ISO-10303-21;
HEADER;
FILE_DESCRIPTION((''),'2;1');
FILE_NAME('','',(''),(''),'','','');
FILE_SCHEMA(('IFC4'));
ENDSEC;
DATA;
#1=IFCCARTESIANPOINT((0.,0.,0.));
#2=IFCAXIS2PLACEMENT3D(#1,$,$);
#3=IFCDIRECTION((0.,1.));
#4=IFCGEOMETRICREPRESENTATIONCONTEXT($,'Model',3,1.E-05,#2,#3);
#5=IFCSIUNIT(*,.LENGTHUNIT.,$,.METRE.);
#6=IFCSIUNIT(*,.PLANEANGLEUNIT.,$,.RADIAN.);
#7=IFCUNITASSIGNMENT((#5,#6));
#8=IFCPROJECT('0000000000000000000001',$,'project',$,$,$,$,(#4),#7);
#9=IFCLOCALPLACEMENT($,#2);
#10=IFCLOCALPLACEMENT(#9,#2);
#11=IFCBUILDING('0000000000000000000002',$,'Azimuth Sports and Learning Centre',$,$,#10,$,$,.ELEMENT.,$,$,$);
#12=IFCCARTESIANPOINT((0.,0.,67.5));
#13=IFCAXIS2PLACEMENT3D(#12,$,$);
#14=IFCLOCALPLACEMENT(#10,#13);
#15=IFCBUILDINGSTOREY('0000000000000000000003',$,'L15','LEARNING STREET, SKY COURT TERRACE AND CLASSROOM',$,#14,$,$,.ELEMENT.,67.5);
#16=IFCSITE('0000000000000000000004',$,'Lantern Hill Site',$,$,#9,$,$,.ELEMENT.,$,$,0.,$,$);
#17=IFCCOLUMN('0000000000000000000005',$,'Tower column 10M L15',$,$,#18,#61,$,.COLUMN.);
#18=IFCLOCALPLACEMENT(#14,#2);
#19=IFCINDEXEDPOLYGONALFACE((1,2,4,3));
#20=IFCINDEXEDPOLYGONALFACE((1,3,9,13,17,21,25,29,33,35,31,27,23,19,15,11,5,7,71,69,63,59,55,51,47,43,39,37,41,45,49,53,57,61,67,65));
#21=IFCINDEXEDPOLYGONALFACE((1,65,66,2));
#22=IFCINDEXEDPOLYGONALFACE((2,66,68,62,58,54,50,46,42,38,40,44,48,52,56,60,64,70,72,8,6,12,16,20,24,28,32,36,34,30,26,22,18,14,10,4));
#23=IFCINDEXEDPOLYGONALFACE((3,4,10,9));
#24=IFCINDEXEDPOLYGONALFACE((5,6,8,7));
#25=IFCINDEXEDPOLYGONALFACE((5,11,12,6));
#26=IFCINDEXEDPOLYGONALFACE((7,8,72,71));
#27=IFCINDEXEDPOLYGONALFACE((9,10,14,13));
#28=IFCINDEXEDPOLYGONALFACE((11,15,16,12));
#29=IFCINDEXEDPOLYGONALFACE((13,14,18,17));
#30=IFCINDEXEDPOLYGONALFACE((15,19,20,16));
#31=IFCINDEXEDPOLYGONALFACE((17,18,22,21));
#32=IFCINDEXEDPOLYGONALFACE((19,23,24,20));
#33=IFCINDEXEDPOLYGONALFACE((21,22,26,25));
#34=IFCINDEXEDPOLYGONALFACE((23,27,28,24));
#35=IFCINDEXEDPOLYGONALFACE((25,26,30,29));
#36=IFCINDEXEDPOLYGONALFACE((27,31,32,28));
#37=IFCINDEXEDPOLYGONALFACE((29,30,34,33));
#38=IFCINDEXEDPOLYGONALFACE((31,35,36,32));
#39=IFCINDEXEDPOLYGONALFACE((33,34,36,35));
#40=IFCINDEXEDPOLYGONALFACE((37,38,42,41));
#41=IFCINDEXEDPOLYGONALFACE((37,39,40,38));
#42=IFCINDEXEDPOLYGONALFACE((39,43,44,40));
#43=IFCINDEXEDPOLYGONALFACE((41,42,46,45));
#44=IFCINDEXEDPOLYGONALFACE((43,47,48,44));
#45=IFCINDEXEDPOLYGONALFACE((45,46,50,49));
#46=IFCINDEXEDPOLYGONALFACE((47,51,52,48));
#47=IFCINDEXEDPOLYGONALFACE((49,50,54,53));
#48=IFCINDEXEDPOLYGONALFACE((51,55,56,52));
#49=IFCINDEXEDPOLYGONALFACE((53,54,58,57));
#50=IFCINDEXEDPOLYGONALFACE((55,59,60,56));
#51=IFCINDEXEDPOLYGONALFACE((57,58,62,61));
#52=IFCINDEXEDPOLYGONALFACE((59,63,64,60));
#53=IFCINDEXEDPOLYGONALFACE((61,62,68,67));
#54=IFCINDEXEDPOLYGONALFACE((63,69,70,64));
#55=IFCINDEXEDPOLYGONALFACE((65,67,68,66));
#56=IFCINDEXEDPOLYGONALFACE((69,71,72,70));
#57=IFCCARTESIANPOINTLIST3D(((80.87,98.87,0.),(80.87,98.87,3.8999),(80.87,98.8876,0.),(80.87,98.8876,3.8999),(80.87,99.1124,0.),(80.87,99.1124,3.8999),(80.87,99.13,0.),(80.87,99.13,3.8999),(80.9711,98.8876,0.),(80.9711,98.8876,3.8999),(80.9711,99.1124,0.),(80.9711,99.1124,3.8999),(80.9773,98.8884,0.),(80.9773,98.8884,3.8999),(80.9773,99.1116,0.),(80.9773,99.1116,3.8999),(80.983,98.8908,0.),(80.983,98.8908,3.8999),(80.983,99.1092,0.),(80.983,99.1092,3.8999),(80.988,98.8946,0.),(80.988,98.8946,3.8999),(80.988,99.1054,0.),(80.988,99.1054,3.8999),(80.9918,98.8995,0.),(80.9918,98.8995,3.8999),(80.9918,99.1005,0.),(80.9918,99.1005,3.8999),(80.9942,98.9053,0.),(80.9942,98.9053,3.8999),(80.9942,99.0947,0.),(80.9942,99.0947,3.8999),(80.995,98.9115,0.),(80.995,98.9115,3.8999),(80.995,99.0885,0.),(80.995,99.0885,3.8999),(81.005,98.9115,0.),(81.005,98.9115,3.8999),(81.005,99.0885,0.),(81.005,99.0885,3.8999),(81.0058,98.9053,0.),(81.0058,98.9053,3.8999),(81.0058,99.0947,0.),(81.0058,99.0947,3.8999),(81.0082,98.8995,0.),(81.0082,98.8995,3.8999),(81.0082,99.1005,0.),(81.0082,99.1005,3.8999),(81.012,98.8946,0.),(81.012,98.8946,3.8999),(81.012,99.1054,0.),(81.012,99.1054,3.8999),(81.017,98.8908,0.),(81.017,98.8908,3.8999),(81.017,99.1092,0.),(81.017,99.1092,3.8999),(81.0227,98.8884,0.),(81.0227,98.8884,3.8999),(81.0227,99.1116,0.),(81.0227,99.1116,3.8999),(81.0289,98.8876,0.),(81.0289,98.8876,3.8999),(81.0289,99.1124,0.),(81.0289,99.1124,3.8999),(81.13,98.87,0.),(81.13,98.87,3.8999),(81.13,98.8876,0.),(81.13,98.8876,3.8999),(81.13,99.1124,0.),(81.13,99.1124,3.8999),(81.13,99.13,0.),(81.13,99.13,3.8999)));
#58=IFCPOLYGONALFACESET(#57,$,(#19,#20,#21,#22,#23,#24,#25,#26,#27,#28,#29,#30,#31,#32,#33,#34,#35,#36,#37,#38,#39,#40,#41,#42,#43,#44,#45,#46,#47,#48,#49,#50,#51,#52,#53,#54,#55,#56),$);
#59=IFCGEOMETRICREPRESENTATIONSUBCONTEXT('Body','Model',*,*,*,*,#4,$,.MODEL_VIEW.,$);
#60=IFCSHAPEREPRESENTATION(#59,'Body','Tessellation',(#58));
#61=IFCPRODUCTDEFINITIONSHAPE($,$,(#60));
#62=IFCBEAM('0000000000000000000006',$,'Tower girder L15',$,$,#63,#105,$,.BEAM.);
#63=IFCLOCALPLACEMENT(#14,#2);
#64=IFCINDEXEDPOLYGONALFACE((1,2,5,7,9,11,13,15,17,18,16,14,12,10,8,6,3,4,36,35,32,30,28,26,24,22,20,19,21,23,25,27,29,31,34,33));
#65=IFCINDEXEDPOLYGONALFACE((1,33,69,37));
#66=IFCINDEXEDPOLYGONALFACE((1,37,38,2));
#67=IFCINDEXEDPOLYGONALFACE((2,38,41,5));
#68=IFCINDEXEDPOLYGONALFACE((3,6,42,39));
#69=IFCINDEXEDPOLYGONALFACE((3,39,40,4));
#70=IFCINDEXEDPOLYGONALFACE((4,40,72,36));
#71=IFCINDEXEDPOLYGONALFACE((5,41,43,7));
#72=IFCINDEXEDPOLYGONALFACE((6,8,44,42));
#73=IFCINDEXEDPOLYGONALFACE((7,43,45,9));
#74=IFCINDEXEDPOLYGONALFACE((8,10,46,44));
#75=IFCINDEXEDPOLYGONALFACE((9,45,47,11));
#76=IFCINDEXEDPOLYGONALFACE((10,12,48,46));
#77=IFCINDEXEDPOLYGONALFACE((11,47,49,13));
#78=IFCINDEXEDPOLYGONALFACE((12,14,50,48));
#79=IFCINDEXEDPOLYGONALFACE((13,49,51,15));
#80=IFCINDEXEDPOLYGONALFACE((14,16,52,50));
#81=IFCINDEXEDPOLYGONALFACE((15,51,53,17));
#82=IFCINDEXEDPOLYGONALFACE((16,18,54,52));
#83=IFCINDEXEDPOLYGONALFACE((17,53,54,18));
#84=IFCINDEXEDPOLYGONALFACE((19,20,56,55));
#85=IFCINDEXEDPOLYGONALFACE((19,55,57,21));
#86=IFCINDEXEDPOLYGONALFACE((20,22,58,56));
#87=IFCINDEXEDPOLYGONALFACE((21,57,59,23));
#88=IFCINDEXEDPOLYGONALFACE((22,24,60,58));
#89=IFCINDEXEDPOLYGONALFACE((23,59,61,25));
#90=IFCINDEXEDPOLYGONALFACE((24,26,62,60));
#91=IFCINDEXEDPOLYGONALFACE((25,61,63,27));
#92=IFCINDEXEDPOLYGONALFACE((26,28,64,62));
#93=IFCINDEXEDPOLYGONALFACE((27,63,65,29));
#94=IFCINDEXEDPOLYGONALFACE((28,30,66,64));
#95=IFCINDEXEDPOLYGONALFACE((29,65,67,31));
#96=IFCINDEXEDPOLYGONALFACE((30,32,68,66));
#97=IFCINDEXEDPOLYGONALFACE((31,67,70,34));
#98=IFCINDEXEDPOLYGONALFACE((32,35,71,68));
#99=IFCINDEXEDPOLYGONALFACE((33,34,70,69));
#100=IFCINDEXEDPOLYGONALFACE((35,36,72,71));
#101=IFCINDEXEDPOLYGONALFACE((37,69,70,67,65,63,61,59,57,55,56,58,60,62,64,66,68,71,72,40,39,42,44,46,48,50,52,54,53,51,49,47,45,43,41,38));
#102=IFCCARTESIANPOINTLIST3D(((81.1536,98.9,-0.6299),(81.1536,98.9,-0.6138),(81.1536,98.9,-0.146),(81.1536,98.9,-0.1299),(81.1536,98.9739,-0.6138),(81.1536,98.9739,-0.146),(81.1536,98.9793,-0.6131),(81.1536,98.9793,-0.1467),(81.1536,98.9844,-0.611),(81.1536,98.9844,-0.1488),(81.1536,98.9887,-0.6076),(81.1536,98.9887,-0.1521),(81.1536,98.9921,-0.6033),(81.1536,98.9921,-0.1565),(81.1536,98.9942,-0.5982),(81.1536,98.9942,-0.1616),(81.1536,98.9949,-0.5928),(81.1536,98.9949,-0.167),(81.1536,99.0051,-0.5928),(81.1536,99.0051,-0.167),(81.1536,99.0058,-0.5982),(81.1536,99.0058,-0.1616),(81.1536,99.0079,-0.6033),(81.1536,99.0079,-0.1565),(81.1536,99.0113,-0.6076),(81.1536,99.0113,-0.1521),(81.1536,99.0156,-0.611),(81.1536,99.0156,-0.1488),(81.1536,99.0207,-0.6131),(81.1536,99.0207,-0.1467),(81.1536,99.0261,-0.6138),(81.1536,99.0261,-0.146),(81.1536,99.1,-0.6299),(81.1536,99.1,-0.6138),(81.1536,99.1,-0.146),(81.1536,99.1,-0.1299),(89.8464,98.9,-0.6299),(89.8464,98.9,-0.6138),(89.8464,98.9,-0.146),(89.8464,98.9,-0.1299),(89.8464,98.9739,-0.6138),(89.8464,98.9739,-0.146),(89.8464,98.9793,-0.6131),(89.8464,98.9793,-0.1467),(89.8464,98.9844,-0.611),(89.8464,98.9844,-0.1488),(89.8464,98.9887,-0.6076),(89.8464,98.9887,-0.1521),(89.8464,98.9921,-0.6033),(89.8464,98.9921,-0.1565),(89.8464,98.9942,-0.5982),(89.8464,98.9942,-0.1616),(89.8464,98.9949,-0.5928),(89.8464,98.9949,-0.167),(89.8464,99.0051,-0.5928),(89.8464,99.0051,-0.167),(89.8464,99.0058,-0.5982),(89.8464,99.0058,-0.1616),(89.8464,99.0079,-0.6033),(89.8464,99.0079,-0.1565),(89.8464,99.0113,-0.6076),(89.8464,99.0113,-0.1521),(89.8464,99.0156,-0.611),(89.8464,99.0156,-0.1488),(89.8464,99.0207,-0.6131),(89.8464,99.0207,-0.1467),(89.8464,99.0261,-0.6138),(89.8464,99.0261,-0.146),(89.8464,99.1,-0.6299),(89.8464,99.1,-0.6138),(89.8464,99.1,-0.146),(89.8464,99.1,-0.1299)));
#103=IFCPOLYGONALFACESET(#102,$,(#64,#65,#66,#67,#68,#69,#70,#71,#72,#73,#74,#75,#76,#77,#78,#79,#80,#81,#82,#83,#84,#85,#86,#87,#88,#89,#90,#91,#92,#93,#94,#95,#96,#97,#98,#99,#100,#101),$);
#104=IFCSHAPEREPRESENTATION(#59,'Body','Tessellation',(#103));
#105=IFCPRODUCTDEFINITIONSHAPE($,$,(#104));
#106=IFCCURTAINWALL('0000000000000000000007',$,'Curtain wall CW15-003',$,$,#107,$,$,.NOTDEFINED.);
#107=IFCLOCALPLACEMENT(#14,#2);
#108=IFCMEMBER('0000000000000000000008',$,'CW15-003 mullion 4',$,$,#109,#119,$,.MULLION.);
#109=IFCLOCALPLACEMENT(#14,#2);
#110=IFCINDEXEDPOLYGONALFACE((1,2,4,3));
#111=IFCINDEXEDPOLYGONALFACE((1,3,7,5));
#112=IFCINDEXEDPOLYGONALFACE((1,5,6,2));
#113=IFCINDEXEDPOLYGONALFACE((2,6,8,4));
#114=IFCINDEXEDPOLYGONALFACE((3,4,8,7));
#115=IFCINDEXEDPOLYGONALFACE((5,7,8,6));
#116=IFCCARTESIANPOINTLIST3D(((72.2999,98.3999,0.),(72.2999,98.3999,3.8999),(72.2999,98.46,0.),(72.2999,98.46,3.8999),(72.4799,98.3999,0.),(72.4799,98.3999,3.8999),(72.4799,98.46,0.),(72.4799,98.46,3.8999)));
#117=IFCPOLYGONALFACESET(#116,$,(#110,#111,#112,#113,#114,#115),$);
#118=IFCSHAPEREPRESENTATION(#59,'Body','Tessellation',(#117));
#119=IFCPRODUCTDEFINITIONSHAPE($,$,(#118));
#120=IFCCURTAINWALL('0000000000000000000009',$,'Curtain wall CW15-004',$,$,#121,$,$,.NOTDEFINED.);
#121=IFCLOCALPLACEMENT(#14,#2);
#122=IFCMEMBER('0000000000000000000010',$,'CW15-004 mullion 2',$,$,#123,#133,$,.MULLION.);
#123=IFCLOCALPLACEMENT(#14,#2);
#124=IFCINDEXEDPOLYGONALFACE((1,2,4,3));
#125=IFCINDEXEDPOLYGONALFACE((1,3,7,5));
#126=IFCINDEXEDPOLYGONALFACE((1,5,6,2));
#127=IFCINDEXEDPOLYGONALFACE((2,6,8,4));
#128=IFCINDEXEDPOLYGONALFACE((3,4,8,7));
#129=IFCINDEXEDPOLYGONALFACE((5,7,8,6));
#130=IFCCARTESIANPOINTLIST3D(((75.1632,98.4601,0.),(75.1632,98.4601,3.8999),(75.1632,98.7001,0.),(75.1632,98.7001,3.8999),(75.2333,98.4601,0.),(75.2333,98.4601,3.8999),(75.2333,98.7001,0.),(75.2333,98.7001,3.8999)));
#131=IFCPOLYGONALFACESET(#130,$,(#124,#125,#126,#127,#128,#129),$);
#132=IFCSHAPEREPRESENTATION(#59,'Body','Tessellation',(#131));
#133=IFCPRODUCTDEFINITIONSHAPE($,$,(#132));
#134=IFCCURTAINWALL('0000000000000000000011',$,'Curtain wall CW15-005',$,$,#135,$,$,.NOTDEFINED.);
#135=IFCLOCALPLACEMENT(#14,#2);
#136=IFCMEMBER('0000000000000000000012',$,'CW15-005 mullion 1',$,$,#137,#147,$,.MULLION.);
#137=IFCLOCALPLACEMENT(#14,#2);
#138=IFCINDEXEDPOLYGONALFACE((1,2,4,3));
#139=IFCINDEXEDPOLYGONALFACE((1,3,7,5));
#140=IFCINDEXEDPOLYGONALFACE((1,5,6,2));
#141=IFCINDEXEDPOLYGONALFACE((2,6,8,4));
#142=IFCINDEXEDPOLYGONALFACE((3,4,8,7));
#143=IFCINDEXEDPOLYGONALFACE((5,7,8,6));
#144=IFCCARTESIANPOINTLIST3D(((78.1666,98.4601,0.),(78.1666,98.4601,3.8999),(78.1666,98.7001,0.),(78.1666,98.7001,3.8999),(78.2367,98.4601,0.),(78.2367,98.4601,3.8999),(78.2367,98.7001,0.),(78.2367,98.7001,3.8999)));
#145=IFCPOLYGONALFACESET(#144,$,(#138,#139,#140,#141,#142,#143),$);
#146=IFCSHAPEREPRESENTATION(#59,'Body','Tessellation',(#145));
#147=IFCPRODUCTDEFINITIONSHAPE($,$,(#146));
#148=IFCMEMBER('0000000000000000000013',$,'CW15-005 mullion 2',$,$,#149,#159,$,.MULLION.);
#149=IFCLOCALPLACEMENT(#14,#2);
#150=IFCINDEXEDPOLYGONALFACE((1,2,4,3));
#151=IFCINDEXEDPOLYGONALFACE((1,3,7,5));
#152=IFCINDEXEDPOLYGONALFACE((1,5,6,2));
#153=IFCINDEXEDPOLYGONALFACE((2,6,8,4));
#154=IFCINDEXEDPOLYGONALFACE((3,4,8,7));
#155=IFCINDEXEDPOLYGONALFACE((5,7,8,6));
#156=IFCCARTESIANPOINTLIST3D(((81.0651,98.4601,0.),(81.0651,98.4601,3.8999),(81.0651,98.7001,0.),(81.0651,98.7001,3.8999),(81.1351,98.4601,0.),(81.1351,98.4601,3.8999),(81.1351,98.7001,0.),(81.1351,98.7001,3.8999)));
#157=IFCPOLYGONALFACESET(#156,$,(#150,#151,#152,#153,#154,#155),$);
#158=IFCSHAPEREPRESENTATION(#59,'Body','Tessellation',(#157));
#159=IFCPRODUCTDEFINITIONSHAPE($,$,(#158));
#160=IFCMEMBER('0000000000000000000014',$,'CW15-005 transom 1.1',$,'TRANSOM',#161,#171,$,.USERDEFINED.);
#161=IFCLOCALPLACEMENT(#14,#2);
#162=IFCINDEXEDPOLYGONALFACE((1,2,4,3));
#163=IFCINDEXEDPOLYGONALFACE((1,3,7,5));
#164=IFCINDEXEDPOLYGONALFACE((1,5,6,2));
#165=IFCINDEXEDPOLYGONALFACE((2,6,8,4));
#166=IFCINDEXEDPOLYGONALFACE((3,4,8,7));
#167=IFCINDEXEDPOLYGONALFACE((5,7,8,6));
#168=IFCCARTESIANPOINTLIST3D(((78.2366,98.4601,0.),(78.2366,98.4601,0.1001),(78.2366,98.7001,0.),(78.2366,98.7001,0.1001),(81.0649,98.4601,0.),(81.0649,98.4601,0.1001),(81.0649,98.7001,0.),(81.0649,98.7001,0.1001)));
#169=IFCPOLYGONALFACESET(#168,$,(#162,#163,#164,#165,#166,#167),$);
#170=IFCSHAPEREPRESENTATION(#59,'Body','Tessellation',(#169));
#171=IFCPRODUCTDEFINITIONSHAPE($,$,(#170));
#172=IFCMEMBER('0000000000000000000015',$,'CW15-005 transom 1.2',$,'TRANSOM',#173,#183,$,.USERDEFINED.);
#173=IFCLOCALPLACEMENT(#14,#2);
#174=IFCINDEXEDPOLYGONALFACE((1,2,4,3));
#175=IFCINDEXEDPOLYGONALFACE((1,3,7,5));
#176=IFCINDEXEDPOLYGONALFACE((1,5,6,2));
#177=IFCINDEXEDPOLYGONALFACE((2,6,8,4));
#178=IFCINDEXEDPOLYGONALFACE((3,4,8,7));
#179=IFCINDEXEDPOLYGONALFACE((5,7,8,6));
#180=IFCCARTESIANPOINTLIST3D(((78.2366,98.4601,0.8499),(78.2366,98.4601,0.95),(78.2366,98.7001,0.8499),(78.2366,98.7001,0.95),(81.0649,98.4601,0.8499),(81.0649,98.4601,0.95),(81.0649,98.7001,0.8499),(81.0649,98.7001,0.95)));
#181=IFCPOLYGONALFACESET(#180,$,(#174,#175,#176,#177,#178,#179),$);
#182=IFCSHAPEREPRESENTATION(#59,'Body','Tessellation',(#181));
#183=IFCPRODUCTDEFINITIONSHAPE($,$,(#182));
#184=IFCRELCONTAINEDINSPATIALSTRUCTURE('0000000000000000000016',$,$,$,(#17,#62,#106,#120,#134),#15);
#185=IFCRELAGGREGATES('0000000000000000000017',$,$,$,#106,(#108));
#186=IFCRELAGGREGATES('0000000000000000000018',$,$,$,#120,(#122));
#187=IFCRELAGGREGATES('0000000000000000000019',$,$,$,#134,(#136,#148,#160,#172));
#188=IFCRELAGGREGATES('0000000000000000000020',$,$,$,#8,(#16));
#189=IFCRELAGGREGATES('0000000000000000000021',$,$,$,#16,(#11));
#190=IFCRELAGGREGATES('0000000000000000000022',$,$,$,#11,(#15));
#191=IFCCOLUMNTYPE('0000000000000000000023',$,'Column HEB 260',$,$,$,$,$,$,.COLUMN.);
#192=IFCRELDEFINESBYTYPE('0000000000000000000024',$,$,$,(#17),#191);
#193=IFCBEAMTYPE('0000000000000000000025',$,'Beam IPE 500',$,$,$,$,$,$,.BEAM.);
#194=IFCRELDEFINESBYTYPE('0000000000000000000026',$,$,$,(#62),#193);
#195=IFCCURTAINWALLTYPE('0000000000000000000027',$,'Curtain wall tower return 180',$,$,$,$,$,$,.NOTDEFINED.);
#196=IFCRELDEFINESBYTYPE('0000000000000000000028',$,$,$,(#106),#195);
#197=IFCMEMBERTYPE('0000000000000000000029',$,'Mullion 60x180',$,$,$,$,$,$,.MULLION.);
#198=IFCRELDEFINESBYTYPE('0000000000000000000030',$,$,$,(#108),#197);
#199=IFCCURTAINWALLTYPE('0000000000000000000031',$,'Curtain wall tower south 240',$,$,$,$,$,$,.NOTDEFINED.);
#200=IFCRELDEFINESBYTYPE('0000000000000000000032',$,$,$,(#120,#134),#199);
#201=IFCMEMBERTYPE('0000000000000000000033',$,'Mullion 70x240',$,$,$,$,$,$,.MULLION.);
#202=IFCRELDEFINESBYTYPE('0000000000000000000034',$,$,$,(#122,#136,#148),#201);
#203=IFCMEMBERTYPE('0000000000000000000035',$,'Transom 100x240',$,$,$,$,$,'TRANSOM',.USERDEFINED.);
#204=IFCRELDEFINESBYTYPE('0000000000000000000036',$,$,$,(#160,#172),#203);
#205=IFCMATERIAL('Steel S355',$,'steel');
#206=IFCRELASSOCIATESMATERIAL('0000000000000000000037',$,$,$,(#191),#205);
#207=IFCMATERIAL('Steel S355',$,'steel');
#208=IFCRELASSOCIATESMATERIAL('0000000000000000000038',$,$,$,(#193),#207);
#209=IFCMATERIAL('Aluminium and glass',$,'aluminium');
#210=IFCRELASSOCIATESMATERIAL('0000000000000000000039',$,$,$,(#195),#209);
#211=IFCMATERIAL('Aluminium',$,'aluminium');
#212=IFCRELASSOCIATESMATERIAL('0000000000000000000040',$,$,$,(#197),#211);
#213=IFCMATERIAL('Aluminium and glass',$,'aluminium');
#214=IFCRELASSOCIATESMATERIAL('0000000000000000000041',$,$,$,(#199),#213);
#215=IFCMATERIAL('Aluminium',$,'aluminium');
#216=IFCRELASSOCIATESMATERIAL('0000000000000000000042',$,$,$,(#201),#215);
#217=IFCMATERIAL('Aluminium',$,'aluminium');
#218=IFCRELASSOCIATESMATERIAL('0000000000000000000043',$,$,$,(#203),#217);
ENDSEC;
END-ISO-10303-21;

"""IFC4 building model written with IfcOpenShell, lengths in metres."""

from ifc_helpers import new_model, si_unit, direction, frame, origin, origin_2d, place, context, subcontext, project, spatial, rectangle, i_section, extrude, material, material_profile, profile_set, type_object, element, aggregate, save


model = new_model("IFC4")

# Units and contexts
model_context = context("Model", 3, precision=1e-05, world=origin(), true_north=direction((0.0, 1.0)))
body_context = subcontext(model_context, "Body", "Model", "MODEL_VIEW")
ifc_project = project(units=[si_unit("LENGTHUNIT", "METRE"), si_unit("PLANEANGLEUNIT", "RADIAN")], contexts=[model_context])

# Site, building, storey
site_placement = place(None, origin())
site = spatial("IfcSite", under=ifc_project, at=site_placement, Name="Lantern Hill Site", CompositionType="ELEMENT", RefElevation=0.0)
building_placement = place(site_placement, origin())
building = spatial("IfcBuilding", under=site, at=building_placement, Name="Azimuth Sports and Learning Centre", CompositionType="ELEMENT")
storey_placement = place(building_placement, frame((0.0, 0.0, 67.5)))
storey = spatial("IfcBuildingStorey", under=building, at=storey_placement, Name="L15", Description="LEARNING STREET, SKY COURT TERRACE AND CLASSROOM", CompositionType="ELEMENT", Elevation=67.5)

# Column
ifc_material_1 = material(Name="Steel S355", Category="steel")
ifc_material_profile_1 = material_profile(ifc_material_1, i_section(OverallWidth=0.26, OverallDepth=0.26, WebThickness=0.01, FlangeThickness=0.0176, FilletRadius=0.0239, at=origin_2d()), Name="HEB 260")
ifc_profile_set_1 = profile_set([ifc_material_profile_1], Name="Steel S355")
column_type = type_object("IfcColumnType", Name="Column HEB 260", PredefinedType="COLUMN", material=ifc_profile_set_1)
column_placement = place(storey_placement, frame((81.0, 99.0, 0.0), z_axis=(0.0, 0.0, 1.0), x_axis=(1.0, 0.0, 0.0)))
element("IfcColumn", 1, at=column_placement, inside=storey, type_object=column_type, Name="Tower column 10M L15", PredefinedType="COLUMN", context=body_context, shape_type="SweptSolid", body=[
    extrude(i_section(OverallWidth=0.26, OverallDepth=0.26, WebThickness=0.01, FlangeThickness=0.0176, FilletRadius=0.0239, at=origin_2d()), origin(), (0.0, 0.0, 1.0), 3.8999),
])

# Beam
ifc_material_2 = material(Name="Steel S355", Category="steel")
ifc_material_profile_2 = material_profile(ifc_material_2, i_section(OverallWidth=0.2, OverallDepth=0.5, WebThickness=0.0103, FlangeThickness=0.0161, FilletRadius=0.021, at=origin_2d()), Name="IPE 500")
ifc_profile_set_2 = profile_set([ifc_material_profile_2], Name="Steel S355")
beam_type = type_object("IfcBeamType", Name="Beam IPE 500", PredefinedType="BEAM", material=ifc_profile_set_2)
beam_placement = place(storey_placement, frame((81.1536, 99.0, -0.3799), z_axis=(1.0, 0.0, 0.0), x_axis=(0.0, 1.0, 0.0)))
element("IfcBeam", 2, at=beam_placement, inside=storey, type_object=beam_type, Name="Tower girder L15", PredefinedType="BEAM", context=body_context, shape_type="SweptSolid", body=[
    extrude(i_section(OverallWidth=0.2, OverallDepth=0.5, WebThickness=0.0103, FlangeThickness=0.0161, FilletRadius=0.021, at=origin_2d()), origin(), (0.0, 0.0, 1.0), 8.6929),
])

# Curtain walls, members
ifc_material_3 = material(Name="Aluminium and glass", Category="aluminium")
curtain_wall_type_1 = type_object("IfcCurtainWallType", Name="Curtain wall tower return 180", PredefinedType="NOTDEFINED", material=ifc_material_3)
curtain_wall_1_placement = place(storey_placement, origin())
curtain_wall_1 = element("IfcCurtainWall", 3, at=curtain_wall_1_placement, inside=storey, type_object=curtain_wall_type_1, Name="Curtain wall CW15-003", PredefinedType="NOTDEFINED")
ifc_material_4 = material(Name="Aluminium", Category="aluminium")
ifc_material_profile_3 = material_profile(ifc_material_4, rectangle(XDim=0.1799, YDim=0.0601, at=origin_2d()), Name="Mullion 60x180")
ifc_profile_set_3 = profile_set([ifc_material_profile_3], Name="Aluminium")
member_type_1 = type_object("IfcMemberType", Name="Mullion 60x180", PredefinedType="MULLION", material=ifc_profile_set_3)
member_1_placement = place(storey_placement, frame((72.3899, 98.4299, 0.0), z_axis=(0.0, 0.0, 1.0), x_axis=(-1.0, 0.0, 0.0)))
member_1 = element("IfcMember", 4, at=member_1_placement, type_object=member_type_1, Name="CW15-003 mullion 4", PredefinedType="MULLION", context=body_context, shape_type="SweptSolid", body=[
    extrude(rectangle(XDim=0.1799, YDim=0.0601, at=origin_2d()), origin(), (0.0, 0.0, 1.0), 3.8999),
])
ifc_material_5 = material(Name="Aluminium and glass", Category="aluminium")
curtain_wall_type_2 = type_object("IfcCurtainWallType", Name="Curtain wall tower south 240", PredefinedType="NOTDEFINED", material=ifc_material_5)
curtain_wall_2_placement = place(storey_placement, origin())
curtain_wall_2 = element("IfcCurtainWall", 5, at=curtain_wall_2_placement, inside=storey, type_object=curtain_wall_type_2, Name="Curtain wall CW15-004", PredefinedType="NOTDEFINED")
ifc_material_6 = material(Name="Aluminium", Category="aluminium")
ifc_material_profile_4 = material_profile(ifc_material_6, rectangle(XDim=0.24, YDim=0.0701, at=origin_2d()), Name="Mullion 70x240")
ifc_profile_set_4 = profile_set([ifc_material_profile_4], Name="Aluminium")
member_type_2 = type_object("IfcMemberType", Name="Mullion 70x240", PredefinedType="MULLION", material=ifc_profile_set_4)
member_2_placement = place(storey_placement, frame((75.1982, 98.5801, 0.0), z_axis=(0.0, 0.0, 1.0), x_axis=(0.0, 1.0, 0.0)))
member_2 = element("IfcMember", 6, at=member_2_placement, type_object=member_type_2, Name="CW15-004 mullion 2", PredefinedType="MULLION", context=body_context, shape_type="SweptSolid", body=[
    extrude(rectangle(XDim=0.24, YDim=0.0701, at=origin_2d()), origin(), (0.0, 0.0, 1.0), 3.8999),
])

# Curtain wall, members
curtain_wall_3_placement = place(storey_placement, origin())
curtain_wall_3 = element("IfcCurtainWall", 7, at=curtain_wall_3_placement, inside=storey, type_object=curtain_wall_type_2, Name="Curtain wall CW15-005", PredefinedType="NOTDEFINED")
member_3_placement = place(storey_placement, frame((78.2017, 98.5801, 0.0), z_axis=(0.0, 0.0, 1.0), x_axis=(0.0, 1.0, 0.0)))
member_3 = element("IfcMember", 8, at=member_3_placement, type_object=member_type_2, Name="CW15-005 mullion 1", PredefinedType="MULLION", context=body_context, shape_type="SweptSolid", body=[
    extrude(rectangle(XDim=0.24, YDim=0.0701, at=origin_2d()), origin(), (0.0, 0.0, 1.0), 3.8999),
])
member_4_placement = place(storey_placement, frame((81.1001, 98.5801, 0.0), z_axis=(0.0, 0.0, 1.0), x_axis=(0.0, 1.0, 0.0)))
member_4 = element("IfcMember", 9, at=member_4_placement, type_object=member_type_2, Name="CW15-005 mullion 2", PredefinedType="MULLION", context=body_context, shape_type="SweptSolid", body=[
    extrude(rectangle(XDim=0.24, YDim=0.0701, at=origin_2d()), origin(), (0.0, 0.0, 1.0), 3.8999),
])
ifc_material_7 = material(Name="Aluminium", Category="aluminium")
ifc_material_profile_5 = material_profile(ifc_material_7, rectangle(XDim=0.24, YDim=0.1001, at=origin_2d()), Name="Transom 100x240")
ifc_profile_set_5 = profile_set([ifc_material_profile_5], Name="Aluminium")
member_type_3 = type_object("IfcMemberType", Name="Transom 100x240", ElementType="TRANSOM", PredefinedType="USERDEFINED", material=ifc_profile_set_5)
member_5_placement = place(storey_placement, frame((78.2366, 98.5801, 0.05), z_axis=(1.0, 0.0, 0.0), x_axis=(0.0, 1.0, 0.0)))
member_5 = element("IfcMember", 10, at=member_5_placement, type_object=member_type_3, Name="CW15-005 transom 1.1", ObjectType="TRANSOM", PredefinedType="USERDEFINED", context=body_context, shape_type="SweptSolid", body=[
    extrude(rectangle(XDim=0.24, YDim=0.1001, at=origin_2d()), origin(), (0.0, 0.0, 1.0), 2.8284),
])
member_6_placement = place(storey_placement, frame((78.2366, 98.5801, 0.8999), z_axis=(1.0, 0.0, 0.0), x_axis=(0.0, 1.0, 0.0)))
member_6 = element("IfcMember", 11, at=member_6_placement, type_object=member_type_3, Name="CW15-005 transom 1.2", ObjectType="TRANSOM", PredefinedType="USERDEFINED", context=body_context, shape_type="SweptSolid", body=[
    extrude(rectangle(XDim=0.24, YDim=0.1001, at=origin_2d()), origin(), (0.0, 0.0, 1.0), 2.8284),
])

aggregate(curtain_wall_1, [member_1])
aggregate(curtain_wall_2, [member_2])
aggregate(curtain_wall_3, [member_3, member_4, member_5, member_6])

save(model, "model.ifc")
